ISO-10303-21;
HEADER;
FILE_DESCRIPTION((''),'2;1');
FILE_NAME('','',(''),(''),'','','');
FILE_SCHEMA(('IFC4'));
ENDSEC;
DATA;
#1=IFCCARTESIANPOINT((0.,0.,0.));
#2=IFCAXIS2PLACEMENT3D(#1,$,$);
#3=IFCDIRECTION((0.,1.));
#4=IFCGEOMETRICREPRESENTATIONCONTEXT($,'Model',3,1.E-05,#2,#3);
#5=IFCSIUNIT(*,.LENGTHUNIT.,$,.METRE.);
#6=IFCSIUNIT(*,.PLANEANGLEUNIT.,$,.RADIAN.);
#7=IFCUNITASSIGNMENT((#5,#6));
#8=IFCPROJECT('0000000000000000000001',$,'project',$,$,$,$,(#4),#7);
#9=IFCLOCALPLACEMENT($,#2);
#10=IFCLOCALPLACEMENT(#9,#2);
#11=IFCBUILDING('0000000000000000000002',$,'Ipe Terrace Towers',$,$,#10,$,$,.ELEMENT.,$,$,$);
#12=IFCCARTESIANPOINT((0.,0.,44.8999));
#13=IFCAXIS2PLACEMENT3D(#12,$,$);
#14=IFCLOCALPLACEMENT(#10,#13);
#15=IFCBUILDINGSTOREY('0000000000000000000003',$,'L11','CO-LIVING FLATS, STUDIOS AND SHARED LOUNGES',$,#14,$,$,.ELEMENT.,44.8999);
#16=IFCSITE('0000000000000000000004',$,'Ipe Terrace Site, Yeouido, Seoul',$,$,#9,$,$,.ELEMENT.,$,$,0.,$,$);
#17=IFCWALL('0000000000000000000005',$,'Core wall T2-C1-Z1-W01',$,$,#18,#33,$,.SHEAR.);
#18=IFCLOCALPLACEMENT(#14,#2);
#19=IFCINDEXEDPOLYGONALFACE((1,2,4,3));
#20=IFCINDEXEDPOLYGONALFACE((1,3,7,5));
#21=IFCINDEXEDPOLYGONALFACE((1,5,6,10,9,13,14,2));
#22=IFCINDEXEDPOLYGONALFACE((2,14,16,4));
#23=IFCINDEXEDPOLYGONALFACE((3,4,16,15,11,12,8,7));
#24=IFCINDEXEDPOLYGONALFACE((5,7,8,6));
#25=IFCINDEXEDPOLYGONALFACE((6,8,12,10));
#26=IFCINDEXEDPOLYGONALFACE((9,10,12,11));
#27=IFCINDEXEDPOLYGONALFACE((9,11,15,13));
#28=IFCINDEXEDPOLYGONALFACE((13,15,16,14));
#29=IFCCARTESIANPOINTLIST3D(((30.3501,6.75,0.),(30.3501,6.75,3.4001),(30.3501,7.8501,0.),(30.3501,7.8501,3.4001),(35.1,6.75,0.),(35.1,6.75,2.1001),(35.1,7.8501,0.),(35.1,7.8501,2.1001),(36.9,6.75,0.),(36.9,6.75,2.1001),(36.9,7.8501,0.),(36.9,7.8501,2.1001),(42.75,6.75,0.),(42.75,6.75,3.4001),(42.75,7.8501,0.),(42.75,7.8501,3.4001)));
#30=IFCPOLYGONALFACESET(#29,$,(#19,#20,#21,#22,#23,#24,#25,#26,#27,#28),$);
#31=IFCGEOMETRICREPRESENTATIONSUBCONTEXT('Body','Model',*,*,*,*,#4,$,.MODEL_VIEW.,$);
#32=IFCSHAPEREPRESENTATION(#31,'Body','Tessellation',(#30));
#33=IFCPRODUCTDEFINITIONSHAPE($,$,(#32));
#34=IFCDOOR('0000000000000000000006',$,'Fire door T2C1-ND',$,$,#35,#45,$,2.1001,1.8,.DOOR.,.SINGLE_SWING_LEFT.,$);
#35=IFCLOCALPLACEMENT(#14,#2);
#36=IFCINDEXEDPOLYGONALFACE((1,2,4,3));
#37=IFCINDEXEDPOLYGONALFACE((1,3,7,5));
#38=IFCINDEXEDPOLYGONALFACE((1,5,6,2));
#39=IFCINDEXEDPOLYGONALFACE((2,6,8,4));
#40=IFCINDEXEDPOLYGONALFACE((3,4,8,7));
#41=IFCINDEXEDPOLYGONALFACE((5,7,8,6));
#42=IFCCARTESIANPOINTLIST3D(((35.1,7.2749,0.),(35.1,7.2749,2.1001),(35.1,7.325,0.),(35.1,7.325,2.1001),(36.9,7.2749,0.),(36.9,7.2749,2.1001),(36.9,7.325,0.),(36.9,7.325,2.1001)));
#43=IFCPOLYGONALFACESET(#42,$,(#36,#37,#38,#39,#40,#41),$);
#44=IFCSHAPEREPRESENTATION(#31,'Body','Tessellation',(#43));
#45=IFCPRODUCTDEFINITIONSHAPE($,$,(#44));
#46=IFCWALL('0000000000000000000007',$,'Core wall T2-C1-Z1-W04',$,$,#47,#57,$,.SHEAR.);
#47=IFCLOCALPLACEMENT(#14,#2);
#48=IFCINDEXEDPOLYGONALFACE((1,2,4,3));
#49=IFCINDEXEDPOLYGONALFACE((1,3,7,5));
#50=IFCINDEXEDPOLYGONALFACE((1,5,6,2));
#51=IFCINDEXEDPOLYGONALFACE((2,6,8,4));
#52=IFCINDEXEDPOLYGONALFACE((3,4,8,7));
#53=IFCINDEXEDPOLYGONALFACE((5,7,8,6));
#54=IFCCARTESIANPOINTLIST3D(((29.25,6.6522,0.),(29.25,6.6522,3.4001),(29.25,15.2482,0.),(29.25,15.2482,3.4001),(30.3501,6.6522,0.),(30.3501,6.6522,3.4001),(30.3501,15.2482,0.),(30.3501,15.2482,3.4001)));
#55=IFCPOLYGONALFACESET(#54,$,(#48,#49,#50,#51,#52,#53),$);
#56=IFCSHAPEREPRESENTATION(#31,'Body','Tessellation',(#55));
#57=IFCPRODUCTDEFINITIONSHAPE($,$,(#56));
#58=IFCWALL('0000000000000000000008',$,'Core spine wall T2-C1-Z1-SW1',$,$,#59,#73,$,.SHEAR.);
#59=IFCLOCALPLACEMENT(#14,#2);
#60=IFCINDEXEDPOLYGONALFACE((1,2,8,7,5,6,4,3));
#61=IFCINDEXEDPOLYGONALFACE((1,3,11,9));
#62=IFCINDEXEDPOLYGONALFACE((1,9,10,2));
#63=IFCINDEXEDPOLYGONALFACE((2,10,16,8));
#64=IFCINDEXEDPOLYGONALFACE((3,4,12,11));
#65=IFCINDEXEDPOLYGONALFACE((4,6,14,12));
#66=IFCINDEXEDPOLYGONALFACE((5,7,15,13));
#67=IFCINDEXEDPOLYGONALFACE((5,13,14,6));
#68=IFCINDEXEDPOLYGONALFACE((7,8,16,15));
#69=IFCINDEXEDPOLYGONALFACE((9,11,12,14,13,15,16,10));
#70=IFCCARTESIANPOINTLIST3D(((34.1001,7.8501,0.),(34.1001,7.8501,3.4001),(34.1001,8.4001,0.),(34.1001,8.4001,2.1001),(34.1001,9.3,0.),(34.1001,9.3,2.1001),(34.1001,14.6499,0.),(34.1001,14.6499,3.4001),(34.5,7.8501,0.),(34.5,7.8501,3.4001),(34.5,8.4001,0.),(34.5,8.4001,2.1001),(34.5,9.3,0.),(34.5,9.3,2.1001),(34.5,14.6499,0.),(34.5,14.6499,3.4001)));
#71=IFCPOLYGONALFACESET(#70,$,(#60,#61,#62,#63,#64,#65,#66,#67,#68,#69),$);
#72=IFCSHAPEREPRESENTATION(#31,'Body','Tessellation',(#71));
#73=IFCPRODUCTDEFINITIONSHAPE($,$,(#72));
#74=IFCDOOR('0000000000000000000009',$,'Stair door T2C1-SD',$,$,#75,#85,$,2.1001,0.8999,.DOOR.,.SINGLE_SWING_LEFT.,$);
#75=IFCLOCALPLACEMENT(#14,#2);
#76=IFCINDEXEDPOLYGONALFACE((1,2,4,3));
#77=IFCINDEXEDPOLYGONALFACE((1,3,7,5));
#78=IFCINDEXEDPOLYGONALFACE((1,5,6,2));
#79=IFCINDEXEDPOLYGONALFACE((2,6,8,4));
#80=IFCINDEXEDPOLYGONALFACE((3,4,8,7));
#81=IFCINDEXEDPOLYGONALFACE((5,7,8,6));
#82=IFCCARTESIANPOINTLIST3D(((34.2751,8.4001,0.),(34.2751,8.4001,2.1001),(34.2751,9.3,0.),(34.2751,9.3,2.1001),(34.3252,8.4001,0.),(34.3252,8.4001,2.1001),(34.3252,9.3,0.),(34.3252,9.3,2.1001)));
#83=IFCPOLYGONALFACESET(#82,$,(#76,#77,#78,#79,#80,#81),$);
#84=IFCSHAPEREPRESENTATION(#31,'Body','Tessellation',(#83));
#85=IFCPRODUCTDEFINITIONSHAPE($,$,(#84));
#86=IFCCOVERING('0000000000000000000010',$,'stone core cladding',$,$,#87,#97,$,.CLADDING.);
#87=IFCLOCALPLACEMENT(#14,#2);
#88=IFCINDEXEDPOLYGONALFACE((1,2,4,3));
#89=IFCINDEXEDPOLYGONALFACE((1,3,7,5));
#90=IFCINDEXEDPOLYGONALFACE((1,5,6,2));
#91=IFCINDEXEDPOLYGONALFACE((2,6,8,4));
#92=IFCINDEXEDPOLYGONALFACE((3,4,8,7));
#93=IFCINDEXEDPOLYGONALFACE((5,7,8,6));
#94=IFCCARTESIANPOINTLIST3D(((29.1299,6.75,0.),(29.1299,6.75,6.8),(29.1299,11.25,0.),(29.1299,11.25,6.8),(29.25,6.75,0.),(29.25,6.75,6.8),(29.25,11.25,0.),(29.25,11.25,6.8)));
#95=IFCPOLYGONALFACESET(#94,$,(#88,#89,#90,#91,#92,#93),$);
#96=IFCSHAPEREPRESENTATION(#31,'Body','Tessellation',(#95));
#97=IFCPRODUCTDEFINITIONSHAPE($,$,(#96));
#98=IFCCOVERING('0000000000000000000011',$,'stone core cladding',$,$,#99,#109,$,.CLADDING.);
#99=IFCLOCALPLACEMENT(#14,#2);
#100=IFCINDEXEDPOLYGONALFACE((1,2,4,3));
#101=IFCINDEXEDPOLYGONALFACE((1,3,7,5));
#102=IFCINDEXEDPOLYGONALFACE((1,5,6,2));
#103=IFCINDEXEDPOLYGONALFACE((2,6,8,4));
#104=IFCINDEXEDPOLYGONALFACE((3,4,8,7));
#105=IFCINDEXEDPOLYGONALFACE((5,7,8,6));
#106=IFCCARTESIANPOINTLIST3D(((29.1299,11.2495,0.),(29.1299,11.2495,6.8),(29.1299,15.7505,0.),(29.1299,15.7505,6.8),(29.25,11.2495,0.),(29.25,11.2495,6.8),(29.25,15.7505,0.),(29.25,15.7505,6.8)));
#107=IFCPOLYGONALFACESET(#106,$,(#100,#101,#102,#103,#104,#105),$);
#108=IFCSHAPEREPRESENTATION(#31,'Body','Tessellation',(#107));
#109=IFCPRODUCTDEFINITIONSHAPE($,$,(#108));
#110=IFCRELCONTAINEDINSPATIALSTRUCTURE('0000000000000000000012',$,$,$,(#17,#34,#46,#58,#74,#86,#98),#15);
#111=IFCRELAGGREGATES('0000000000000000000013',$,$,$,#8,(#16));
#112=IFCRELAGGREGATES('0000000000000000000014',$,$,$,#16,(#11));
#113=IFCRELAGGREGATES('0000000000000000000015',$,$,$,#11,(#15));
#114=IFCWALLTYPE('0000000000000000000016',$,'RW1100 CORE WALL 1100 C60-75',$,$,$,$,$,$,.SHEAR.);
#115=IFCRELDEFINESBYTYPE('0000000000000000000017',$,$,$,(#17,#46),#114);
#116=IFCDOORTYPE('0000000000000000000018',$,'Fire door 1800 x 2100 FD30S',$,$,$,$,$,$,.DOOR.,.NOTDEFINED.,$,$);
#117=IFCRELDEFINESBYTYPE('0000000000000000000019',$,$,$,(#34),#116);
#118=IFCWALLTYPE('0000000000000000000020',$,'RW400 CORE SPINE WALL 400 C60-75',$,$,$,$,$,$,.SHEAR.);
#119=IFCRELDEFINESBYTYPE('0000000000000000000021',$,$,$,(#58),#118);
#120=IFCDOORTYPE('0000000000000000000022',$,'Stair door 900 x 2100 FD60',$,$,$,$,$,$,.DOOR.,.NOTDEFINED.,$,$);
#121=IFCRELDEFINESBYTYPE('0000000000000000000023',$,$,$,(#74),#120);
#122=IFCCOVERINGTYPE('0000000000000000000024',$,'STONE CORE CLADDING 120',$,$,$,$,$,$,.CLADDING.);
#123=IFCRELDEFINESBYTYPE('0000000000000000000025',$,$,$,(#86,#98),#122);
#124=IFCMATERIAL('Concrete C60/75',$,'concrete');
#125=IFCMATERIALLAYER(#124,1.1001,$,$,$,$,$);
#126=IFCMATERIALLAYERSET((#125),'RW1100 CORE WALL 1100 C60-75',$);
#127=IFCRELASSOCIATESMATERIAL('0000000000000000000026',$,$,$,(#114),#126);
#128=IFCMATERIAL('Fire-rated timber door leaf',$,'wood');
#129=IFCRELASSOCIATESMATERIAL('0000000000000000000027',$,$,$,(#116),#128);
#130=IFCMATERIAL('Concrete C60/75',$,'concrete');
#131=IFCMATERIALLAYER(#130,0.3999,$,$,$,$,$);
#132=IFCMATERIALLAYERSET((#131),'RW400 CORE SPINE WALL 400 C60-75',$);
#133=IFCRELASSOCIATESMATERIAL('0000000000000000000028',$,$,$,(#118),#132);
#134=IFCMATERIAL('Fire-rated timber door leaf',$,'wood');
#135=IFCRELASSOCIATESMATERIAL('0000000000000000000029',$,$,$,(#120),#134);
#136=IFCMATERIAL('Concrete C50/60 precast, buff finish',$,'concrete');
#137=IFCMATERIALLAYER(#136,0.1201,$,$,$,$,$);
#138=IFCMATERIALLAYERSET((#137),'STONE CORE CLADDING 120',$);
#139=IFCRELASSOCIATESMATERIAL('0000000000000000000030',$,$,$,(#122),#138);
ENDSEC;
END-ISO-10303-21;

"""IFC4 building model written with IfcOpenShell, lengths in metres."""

from ifc_helpers import new_model, si_unit, direction, frame, frame_2d, origin, origin_2d, place, context, subcontext, project, spatial, rectangle, extrude, material, layer, layer_set, type_object, element, fill, save


model = new_model("IFC4")

# Units and contexts
model_context = context("Model", 3, precision=1e-05, world=origin(), true_north=direction((0.0, 1.0)))
body_context = subcontext(model_context, "Body", "Model", "MODEL_VIEW")
ifc_project = project(units=[si_unit("LENGTHUNIT", "METRE"), si_unit("PLANEANGLEUNIT", "RADIAN")], contexts=[model_context])

# Site, building, storey
site_placement = place(None, origin())
site = spatial("IfcSite", under=ifc_project, at=site_placement, Name="Ipe Terrace Site, Yeouido, Seoul", CompositionType="ELEMENT", RefElevation=0.0)
building_placement = place(site_placement, origin())
building = spatial("IfcBuilding", under=site, at=building_placement, Name="Ipe Terrace Towers", CompositionType="ELEMENT")
storey_placement = place(building_placement, frame((0.0, 0.0, 44.8999)))
storey = spatial("IfcBuildingStorey", under=building, at=storey_placement, Name="L11", Description="CO-LIVING FLATS, STUDIOS AND SHARED LOUNGES", CompositionType="ELEMENT", Elevation=44.8999)

# Wall, opening, door
ifc_material_1 = material(Name="Concrete C60/75", Category="concrete")
ifc_layer_1 = layer(ifc_material_1, 1.1001)
ifc_layer_set_1 = layer_set([ifc_layer_1], Name="RW1100 CORE WALL 1100 C60-75")
wall_type_1 = type_object("IfcWallType", Name="RW1100 CORE WALL 1100 C60-75", PredefinedType="SHEAR", material=ifc_layer_set_1)
wall_1_placement = place(storey_placement, frame((30.3501, 7.3, 0.0), z_axis=(0.0, 0.0, 1.0), x_axis=(1.0, 0.0, 0.0)))
wall_1 = element("IfcWall", 1, at=wall_1_placement, inside=storey, type_object=wall_type_1, Name="Core wall T2-C1-Z1-W01", PredefinedType="SHEAR", context=body_context, shape_type="SweptSolid", body=[
    extrude(rectangle(XDim=12.3999, YDim=1.1001, at=frame_2d((6.2, 0.0))), origin(), (0.0, 0.0, 1.0), 3.4001),
])
opening_1_placement = place(wall_1_placement, frame((4.75, 0.0, 0.0)))
opening_1 = element("IfcOpeningElement", 2, at=opening_1_placement, cuts=wall_1, PredefinedType="OPENING", context=body_context, shape_type="SweptSolid", body=[
    extrude(rectangle(XDim=1.8, YDim=2.1001, at=frame_2d((0.8999, 1.05))), frame((0.0, 0.5601, 0.0), z_axis=(0.0, -1.0, 0.0), x_axis=(1.0, 0.0, 0.0)), (0.0, 0.0, 1.0), 1.1201),
])
ifc_material_2 = material(Name="Fire-rated timber door leaf", Category="wood")
door_type_1 = type_object("IfcDoorType", Name="Fire door 1800 x 2100 FD30S", OperationType="NOTDEFINED", PredefinedType="DOOR", material=ifc_material_2)
door_1_placement = place(opening_1_placement, origin())
door_1 = element("IfcDoor", 3, at=door_1_placement, inside=storey, type_object=door_type_1, Name="Fire door T2C1-ND", OperationType="SINGLE_SWING_LEFT", OverallHeight=2.1001, OverallWidth=1.8, PredefinedType="DOOR", context=body_context, shape_type="SweptSolid", body=[
    extrude(rectangle(XDim=1.8, YDim=2.1001, at=frame_2d((0.8999, 1.05))), frame((0.0, 0.0249, 0.0), z_axis=(0.0, -1.0, 0.0), x_axis=(1.0, 0.0, 0.0)), (0.0, 0.0, 1.0), 0.05),
])
fill(opening_1, door_1)

# Wall
wall_2_placement = place(storey_placement, frame((29.8, 15.248, 0.0), z_axis=(0.0, 0.0, 1.0), x_axis=(0.0, -1.0, 0.0)))
element("IfcWall", 4, at=wall_2_placement, inside=storey, type_object=wall_type_1, Name="Core wall T2-C1-Z1-W04", PredefinedType="SHEAR", context=body_context, shape_type="SweptSolid", body=[
    extrude(rectangle(XDim=8.5959, YDim=1.1001, at=frame_2d((4.2979, 0.0))), origin(), (0.0, 0.0, 1.0), 3.4001),
])

# Wall, opening, door
ifc_material_3 = material(Name="Concrete C60/75", Category="concrete")
ifc_layer_2 = layer(ifc_material_3, 0.3999)
ifc_layer_set_2 = layer_set([ifc_layer_2], Name="RW400 CORE SPINE WALL 400 C60-75")
wall_type_2 = type_object("IfcWallType", Name="RW400 CORE SPINE WALL 400 C60-75", PredefinedType="SHEAR", material=ifc_layer_set_2)
wall_3_placement = place(storey_placement, frame((34.3, 7.8501, 0.0), z_axis=(0.0, 0.0, 1.0), x_axis=(0.0, 1.0, 0.0)))
wall_3 = element("IfcWall", 5, at=wall_3_placement, inside=storey, type_object=wall_type_2, Name="Core spine wall T2-C1-Z1-SW1", PredefinedType="SHEAR", context=body_context, shape_type="SweptSolid", body=[
    extrude(rectangle(XDim=6.7998, YDim=0.3999, at=frame_2d((3.3999, 0.0))), origin(), (0.0, 0.0, 1.0), 3.4001),
])
opening_2_placement = place(wall_3_placement, frame((0.55, 0.0, 0.0)))
opening_2 = element("IfcOpeningElement", 6, at=opening_2_placement, cuts=wall_3, PredefinedType="OPENING", context=body_context, shape_type="SweptSolid", body=[
    extrude(rectangle(XDim=0.8999, YDim=2.1001, at=frame_2d((0.45, 1.05))), frame((0.0, 0.21, 0.0), z_axis=(0.0, -1.0, 0.0), x_axis=(1.0, 0.0, 0.0)), (0.0, 0.0, 1.0), 0.4199),
])
ifc_material_4 = material(Name="Fire-rated timber door leaf", Category="wood")
door_type_2 = type_object("IfcDoorType", Name="Stair door 900 x 2100 FD60", OperationType="NOTDEFINED", PredefinedType="DOOR", material=ifc_material_4)
door_2_placement = place(opening_2_placement, origin())
door_2 = element("IfcDoor", 7, at=door_2_placement, inside=storey, type_object=door_type_2, Name="Stair door T2C1-SD", OperationType="SINGLE_SWING_LEFT", OverallHeight=2.1001, OverallWidth=0.8999, PredefinedType="DOOR", context=body_context, shape_type="SweptSolid", body=[
    extrude(rectangle(XDim=0.8999, YDim=2.1001, at=frame_2d((0.45, 1.05))), frame((0.0, 0.0249, 0.0), z_axis=(0.0, -1.0, 0.0), x_axis=(1.0, 0.0, 0.0)), (0.0, 0.0, 1.0), 0.05),
])
fill(opening_2, door_2)

# Coverings
ifc_material_5 = material(Name="Concrete C50/60 precast, buff finish", Category="concrete")
ifc_layer_3 = layer(ifc_material_5, 0.1201)
ifc_layer_set_3 = layer_set([ifc_layer_3], Name="STONE CORE CLADDING 120")
covering_type = type_object("IfcCoveringType", Name="STONE CORE CLADDING 120", PredefinedType="CLADDING", material=ifc_layer_set_3)
covering_1_placement = place(storey_placement, frame((29.1899, 9.0, 0.0), z_axis=(0.0, 0.0, 1.0), x_axis=(0.0, -1.0, 0.0)))
element("IfcCovering", 8, at=covering_1_placement, inside=storey, type_object=covering_type, Name="stone core cladding", PredefinedType="CLADDING", context=body_context, shape_type="SweptSolid", body=[
    extrude(rectangle(XDim=4.5, YDim=0.1201, at=origin_2d()), origin(), (0.0, 0.0, 1.0), 6.8),
])
covering_2_placement = place(storey_placement, frame((29.1899, 13.5, 0.0), z_axis=(0.0, 0.0, 1.0), x_axis=(0.0, -1.0, 0.0)))
element("IfcCovering", 9, at=covering_2_placement, inside=storey, type_object=covering_type, Name="stone core cladding", PredefinedType="CLADDING", context=body_context, shape_type="SweptSolid", body=[
    extrude(rectangle(XDim=4.501, YDim=0.1201, at=origin_2d()), origin(), (0.0, 0.0, 1.0), 6.8),
])

save(model, "model.ifc")
